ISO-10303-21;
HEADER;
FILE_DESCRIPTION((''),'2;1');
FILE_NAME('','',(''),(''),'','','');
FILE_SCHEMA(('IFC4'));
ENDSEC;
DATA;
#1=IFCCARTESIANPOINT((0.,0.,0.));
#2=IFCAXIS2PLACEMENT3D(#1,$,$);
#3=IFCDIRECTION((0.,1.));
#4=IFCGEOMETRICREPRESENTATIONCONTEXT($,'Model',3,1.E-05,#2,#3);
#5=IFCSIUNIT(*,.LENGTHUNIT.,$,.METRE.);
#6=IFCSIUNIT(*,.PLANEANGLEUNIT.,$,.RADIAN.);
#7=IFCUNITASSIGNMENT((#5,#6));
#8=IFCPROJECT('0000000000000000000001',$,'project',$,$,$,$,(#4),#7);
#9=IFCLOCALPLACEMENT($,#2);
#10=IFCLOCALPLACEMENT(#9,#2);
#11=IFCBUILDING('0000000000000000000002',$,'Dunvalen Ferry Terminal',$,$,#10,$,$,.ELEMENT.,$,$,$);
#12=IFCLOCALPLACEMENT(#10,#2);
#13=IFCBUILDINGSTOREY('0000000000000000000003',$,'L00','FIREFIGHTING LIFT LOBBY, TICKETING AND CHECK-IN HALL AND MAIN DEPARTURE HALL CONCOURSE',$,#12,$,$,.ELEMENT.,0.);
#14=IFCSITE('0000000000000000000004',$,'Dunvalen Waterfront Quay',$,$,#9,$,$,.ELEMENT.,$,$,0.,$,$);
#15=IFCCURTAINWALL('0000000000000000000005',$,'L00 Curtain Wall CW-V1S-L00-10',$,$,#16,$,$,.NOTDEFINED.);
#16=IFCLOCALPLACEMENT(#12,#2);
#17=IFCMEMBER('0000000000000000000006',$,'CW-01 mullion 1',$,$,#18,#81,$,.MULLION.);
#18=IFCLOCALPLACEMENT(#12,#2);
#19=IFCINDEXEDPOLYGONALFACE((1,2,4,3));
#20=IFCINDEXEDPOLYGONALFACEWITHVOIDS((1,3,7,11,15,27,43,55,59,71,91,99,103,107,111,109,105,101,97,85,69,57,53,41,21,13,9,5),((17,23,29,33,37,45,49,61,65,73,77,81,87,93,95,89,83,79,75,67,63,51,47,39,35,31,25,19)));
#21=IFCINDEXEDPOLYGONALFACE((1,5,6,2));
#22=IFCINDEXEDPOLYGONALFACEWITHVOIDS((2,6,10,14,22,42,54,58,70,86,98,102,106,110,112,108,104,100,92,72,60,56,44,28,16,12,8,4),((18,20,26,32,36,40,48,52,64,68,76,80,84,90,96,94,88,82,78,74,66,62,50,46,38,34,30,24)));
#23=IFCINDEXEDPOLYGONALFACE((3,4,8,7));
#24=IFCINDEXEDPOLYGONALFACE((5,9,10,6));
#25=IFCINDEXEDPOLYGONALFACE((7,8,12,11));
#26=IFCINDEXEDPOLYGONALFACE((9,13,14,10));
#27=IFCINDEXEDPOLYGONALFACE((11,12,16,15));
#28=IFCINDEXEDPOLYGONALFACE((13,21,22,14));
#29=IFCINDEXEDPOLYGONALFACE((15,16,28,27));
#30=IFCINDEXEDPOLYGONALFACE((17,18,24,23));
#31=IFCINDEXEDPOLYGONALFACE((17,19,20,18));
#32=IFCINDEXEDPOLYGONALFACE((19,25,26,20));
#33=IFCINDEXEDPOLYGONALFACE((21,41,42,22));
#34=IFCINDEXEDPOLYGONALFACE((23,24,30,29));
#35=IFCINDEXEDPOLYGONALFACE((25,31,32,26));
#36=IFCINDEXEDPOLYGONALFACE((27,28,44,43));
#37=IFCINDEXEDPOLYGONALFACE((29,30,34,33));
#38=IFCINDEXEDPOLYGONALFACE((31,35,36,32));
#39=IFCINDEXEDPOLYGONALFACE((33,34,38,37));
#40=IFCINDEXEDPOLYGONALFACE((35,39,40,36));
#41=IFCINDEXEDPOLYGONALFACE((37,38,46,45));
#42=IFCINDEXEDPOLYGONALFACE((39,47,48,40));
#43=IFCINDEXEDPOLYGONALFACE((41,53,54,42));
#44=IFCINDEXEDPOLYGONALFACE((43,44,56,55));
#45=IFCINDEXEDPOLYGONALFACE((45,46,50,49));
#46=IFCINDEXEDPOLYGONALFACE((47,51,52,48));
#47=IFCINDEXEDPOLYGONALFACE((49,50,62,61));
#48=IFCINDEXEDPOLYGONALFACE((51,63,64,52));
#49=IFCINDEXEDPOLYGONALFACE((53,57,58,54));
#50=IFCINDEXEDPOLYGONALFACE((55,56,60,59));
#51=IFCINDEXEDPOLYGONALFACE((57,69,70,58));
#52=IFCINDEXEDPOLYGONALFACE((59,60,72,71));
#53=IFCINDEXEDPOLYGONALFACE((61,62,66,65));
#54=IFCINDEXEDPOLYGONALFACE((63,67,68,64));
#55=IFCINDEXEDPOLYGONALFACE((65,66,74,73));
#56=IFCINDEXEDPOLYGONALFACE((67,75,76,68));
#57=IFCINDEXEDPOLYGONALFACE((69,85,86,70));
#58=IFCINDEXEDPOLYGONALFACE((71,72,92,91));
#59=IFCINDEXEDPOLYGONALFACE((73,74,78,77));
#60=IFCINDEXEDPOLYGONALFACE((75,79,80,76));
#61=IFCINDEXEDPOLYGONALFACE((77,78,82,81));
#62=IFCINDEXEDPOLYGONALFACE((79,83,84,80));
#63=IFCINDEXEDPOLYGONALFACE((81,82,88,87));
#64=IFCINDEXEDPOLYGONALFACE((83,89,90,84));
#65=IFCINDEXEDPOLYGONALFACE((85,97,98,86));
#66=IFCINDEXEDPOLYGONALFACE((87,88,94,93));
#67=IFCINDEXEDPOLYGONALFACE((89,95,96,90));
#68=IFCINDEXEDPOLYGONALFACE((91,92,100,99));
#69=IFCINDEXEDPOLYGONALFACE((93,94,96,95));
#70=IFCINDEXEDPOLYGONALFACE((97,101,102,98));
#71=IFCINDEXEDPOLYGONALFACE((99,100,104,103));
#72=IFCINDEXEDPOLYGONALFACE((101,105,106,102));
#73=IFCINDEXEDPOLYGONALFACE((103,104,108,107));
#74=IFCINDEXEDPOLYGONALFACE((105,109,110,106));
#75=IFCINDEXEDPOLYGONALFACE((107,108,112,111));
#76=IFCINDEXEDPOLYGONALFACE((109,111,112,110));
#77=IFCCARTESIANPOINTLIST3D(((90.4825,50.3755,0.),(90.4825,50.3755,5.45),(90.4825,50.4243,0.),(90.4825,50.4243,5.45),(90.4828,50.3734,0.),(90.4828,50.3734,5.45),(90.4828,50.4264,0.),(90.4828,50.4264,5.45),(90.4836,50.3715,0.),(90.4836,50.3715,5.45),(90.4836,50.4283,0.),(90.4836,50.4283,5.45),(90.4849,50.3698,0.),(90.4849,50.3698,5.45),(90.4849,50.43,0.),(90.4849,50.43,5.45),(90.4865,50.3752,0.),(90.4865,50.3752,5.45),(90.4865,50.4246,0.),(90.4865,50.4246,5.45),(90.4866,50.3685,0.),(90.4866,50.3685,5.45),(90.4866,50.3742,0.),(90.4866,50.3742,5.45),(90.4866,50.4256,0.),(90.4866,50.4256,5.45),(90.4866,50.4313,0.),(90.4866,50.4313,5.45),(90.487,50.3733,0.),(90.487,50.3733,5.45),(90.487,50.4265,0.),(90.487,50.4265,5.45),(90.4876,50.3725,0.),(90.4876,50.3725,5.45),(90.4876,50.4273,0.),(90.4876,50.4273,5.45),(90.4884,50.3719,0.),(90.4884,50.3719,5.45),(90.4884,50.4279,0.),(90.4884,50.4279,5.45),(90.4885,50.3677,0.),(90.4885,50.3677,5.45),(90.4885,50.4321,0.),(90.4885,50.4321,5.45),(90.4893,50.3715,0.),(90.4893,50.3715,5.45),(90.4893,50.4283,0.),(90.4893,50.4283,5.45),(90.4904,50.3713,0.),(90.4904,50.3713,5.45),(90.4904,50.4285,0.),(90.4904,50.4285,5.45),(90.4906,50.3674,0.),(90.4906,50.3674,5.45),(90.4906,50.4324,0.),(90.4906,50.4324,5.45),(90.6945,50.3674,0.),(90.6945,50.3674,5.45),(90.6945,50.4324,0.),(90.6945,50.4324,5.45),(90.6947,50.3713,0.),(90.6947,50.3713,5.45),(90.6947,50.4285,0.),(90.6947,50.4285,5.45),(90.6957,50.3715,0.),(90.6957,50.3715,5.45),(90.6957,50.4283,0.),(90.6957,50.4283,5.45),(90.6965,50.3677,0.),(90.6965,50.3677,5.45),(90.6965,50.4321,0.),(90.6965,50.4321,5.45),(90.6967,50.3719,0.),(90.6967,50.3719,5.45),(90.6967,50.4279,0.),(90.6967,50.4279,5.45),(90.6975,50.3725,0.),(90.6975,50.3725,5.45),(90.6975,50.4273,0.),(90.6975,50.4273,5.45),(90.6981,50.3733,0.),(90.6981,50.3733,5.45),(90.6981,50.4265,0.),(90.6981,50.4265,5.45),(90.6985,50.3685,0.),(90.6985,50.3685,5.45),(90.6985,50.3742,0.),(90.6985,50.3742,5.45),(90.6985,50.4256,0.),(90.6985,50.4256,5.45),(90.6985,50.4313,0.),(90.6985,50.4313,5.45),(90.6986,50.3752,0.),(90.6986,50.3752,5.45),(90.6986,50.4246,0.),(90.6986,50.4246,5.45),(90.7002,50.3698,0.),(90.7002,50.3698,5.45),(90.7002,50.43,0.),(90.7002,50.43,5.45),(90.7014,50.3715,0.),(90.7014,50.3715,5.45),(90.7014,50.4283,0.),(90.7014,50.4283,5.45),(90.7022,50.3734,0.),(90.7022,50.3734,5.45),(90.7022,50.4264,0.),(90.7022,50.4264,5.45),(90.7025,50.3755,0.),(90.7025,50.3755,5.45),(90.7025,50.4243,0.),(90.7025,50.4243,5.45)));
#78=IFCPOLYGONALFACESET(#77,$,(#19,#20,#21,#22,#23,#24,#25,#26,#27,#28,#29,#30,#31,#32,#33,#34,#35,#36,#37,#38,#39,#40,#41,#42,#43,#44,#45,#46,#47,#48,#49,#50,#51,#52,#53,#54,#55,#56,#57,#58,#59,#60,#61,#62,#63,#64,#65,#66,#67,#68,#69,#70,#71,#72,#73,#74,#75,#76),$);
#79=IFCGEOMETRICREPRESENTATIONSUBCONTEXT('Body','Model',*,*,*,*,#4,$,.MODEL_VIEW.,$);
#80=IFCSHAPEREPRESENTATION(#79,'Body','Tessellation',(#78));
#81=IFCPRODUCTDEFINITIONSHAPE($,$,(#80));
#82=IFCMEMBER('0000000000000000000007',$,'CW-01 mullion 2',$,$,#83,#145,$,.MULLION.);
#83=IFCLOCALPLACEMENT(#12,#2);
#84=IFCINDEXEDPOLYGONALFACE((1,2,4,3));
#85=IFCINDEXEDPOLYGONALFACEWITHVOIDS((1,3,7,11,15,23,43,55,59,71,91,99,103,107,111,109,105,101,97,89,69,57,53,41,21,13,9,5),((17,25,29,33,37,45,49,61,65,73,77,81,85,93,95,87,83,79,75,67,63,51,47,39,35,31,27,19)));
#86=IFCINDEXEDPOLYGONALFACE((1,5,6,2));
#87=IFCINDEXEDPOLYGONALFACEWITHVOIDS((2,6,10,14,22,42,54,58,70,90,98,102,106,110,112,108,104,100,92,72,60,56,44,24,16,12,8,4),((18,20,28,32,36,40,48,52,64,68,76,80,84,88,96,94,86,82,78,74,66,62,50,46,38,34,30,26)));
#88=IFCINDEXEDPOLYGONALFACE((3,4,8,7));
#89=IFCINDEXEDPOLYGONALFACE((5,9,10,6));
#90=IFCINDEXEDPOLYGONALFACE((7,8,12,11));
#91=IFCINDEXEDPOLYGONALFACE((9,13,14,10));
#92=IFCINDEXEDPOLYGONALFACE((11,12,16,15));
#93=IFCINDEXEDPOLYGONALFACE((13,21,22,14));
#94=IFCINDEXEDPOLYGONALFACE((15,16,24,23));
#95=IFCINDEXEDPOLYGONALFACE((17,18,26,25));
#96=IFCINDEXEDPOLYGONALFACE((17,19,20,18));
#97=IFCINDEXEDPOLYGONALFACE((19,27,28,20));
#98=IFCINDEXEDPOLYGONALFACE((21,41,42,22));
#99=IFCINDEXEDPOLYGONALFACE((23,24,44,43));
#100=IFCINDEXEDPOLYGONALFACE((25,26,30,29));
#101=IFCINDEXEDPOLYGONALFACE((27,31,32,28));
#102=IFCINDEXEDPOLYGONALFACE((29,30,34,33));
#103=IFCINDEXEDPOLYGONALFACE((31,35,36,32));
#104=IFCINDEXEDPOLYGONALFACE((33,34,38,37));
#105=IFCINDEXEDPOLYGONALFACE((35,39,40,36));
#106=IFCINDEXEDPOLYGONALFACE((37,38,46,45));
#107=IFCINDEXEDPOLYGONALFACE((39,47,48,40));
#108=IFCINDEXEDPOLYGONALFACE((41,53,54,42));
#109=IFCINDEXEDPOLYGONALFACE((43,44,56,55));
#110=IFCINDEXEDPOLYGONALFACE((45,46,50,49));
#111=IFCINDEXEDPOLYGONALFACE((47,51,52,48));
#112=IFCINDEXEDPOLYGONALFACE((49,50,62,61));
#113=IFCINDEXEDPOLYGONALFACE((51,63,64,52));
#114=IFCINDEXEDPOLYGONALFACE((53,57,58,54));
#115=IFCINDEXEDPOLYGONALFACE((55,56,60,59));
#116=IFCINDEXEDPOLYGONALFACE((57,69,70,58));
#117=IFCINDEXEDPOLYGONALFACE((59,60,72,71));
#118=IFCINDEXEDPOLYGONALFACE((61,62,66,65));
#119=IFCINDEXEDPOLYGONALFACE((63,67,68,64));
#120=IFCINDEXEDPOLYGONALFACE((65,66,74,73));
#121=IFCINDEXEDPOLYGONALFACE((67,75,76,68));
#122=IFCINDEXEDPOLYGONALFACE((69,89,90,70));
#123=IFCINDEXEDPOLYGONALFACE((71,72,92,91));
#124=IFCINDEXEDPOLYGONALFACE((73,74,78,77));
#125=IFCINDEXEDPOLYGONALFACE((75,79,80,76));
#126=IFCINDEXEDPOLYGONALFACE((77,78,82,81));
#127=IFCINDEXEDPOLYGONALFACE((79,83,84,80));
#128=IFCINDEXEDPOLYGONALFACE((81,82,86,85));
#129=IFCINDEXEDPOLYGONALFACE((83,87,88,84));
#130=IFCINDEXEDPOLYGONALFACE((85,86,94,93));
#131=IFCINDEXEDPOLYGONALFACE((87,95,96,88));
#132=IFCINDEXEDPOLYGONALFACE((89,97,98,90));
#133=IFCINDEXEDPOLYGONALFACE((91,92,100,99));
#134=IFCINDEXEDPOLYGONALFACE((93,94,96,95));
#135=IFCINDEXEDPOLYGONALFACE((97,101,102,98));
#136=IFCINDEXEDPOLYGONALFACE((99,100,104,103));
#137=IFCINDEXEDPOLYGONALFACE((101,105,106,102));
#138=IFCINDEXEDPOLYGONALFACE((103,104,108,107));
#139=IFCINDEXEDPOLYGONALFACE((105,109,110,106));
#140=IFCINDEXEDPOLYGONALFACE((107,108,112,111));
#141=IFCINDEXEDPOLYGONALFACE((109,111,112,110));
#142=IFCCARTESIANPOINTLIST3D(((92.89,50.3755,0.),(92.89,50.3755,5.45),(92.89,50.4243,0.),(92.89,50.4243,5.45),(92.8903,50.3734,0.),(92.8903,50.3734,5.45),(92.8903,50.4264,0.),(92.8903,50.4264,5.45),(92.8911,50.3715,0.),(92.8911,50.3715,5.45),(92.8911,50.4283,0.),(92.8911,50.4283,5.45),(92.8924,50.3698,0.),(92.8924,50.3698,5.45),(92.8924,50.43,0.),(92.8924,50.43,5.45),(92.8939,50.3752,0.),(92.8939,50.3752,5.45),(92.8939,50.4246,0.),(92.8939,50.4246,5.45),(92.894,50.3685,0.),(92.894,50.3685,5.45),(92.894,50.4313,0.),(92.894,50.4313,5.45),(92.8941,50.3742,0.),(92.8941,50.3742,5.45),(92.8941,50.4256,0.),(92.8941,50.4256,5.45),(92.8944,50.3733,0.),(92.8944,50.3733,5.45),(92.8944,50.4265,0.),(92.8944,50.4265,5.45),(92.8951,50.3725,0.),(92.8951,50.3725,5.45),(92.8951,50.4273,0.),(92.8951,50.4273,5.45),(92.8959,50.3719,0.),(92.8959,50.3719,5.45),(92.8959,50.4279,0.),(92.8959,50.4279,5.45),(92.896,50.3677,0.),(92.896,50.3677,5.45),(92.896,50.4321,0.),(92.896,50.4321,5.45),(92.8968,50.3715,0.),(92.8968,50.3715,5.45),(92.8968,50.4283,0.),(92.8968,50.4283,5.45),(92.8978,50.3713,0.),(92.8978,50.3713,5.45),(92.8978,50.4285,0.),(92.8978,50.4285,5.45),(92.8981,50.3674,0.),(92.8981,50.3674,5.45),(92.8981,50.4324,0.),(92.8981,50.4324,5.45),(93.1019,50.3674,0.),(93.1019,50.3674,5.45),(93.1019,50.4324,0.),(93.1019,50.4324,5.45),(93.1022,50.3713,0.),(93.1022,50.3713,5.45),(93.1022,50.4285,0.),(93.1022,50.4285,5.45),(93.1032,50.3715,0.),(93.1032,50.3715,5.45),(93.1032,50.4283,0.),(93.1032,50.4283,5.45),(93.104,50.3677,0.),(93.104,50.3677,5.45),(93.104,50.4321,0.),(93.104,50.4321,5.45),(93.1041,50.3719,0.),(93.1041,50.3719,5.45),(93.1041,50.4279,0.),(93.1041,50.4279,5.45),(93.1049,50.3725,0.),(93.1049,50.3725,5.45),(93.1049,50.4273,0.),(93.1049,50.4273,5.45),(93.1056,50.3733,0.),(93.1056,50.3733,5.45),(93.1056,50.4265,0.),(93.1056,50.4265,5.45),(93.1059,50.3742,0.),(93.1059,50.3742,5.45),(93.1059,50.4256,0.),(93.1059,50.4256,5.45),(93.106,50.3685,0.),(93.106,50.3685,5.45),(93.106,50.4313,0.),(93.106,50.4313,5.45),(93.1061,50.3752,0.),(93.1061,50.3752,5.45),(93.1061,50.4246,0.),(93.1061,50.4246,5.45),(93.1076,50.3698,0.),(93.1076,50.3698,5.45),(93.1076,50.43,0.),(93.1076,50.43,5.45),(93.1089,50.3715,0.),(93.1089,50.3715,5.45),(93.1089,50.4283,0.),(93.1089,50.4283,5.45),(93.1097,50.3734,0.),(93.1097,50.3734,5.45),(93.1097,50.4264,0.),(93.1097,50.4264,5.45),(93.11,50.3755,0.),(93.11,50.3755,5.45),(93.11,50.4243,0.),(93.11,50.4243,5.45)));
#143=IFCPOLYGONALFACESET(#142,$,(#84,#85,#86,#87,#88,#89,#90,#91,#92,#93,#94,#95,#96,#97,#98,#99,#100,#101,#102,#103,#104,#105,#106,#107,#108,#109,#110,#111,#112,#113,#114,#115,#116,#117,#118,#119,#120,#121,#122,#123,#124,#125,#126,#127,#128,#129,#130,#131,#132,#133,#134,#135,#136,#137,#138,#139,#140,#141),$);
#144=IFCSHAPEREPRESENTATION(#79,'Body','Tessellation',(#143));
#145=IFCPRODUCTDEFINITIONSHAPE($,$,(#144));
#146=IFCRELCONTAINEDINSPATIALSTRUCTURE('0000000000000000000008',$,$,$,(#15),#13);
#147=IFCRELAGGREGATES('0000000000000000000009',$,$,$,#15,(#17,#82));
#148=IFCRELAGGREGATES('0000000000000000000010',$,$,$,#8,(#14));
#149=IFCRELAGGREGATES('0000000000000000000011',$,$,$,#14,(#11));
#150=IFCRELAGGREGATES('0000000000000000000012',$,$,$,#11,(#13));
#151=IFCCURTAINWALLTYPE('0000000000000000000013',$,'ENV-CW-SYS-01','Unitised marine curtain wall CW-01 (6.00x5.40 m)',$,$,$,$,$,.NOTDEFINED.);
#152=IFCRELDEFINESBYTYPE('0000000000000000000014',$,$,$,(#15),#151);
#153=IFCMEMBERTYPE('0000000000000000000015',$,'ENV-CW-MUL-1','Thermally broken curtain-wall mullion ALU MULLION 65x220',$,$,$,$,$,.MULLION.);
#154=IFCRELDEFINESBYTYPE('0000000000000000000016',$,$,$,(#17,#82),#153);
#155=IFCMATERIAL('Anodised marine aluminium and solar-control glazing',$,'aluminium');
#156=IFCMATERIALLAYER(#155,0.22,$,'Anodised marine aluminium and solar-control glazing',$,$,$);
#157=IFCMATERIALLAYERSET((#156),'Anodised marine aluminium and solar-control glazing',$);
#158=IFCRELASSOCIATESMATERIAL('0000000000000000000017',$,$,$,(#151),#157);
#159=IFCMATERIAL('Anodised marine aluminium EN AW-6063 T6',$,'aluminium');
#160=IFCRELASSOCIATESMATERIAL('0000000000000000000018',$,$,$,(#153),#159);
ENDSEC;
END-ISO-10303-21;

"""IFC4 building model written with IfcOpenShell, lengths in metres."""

from ifc_helpers import new_model, si_unit, direction, frame, origin, origin_2d, place, context, subcontext, project, spatial, hollow_rectangle, extrude, material, layer, layer_set, material_profile, profile_set, type_object, element, aggregate, save


model = new_model("IFC4")

# Units and contexts
model_context = context("Model", 3, precision=1e-05, world=origin(), true_north=direction((0.0, 1.0)))
body_context = subcontext(model_context, "Body", "Model", "MODEL_VIEW")
ifc_project = project(units=[si_unit("LENGTHUNIT", "METRE"), si_unit("PLANEANGLEUNIT", "RADIAN")], contexts=[model_context])

# Site, building, storey
site_placement = place(None, origin())
site = spatial("IfcSite", under=ifc_project, at=site_placement, Name="Dunvalen Waterfront Quay", CompositionType="ELEMENT", RefElevation=0.0)
building_placement = place(site_placement, origin())
building = spatial("IfcBuilding", under=site, at=building_placement, Name="Dunvalen Ferry Terminal", CompositionType="ELEMENT")
storey_placement = place(building_placement, origin())
storey = spatial("IfcBuildingStorey", under=building, at=storey_placement, Name="L00", Description="FIREFIGHTING LIFT LOBBY, TICKETING AND CHECK-IN HALL AND MAIN DEPARTURE HALL CONCOURSE", CompositionType="ELEMENT", Elevation=0.0)

# Curtain wall, members
ifc_material_1 = material(Name="Anodised marine aluminium and solar-control glazing", Category="aluminium")
ifc_layer_1 = layer(ifc_material_1, 0.22, Name="Anodised marine aluminium and solar-control glazing")
ifc_layer_set_1 = layer_set([ifc_layer_1], Name="Anodised marine aluminium and solar-control glazing")
curtain_wall_type = type_object("IfcCurtainWallType", Name="ENV-CW-SYS-01", Description="Unitised marine curtain wall CW-01 (6.00x5.40 m)", PredefinedType="NOTDEFINED", material=ifc_layer_set_1)
curtain_wall_placement = place(storey_placement, origin())
curtain_wall = element("IfcCurtainWall", 1, at=curtain_wall_placement, inside=storey, type_object=curtain_wall_type, Name="L00 Curtain Wall CW-V1S-L00-10", PredefinedType="NOTDEFINED")
ifc_material_2 = material(Name="Anodised marine aluminium EN AW-6063 T6", Category="aluminium")
ifc_material_profile_1 = material_profile(ifc_material_2, hollow_rectangle(XDim=0.0649, YDim=0.22, WallThickness=0.0039, InnerFilletRadius=0.0039, OuterFilletRadius=0.0081, at=origin_2d()), Name="Anodised marine aluminium EN AW-6063 T6")
ifc_profile_set_1 = profile_set([ifc_material_profile_1], Name="Anodised marine aluminium EN AW-6063 T6")
member_type_1 = type_object("IfcMemberType", Name="ENV-CW-MUL-1", Description="Thermally broken curtain-wall mullion ALU MULLION 65x220", PredefinedType="MULLION", material=ifc_profile_set_1)
member_1_placement = place(storey_placement, frame((90.5925, 50.3999, 0.0), z_axis=(0.0, 0.0, 1.0), x_axis=(0.0, 1.0, 0.0)))
member_1 = element("IfcMember", 2, at=member_1_placement, type_object=member_type_1, Name="CW-01 mullion 1", PredefinedType="MULLION", context=body_context, shape_type="SweptSolid", body=[
    extrude(hollow_rectangle(XDim=0.0649, YDim=0.22, WallThickness=0.0039, InnerFilletRadius=0.0039, OuterFilletRadius=0.0081, at=origin_2d()), origin(), (0.0, 0.0, 1.0), 5.45),
])
member_2_placement = place(storey_placement, frame((93.0, 50.3999, 0.0), z_axis=(0.0, 0.0, 1.0), x_axis=(0.0, 1.0, 0.0)))
member_2 = element("IfcMember", 3, at=member_2_placement, type_object=member_type_1, Name="CW-01 mullion 2", PredefinedType="MULLION", context=body_context, shape_type="SweptSolid", body=[
    extrude(hollow_rectangle(XDim=0.0649, YDim=0.22, WallThickness=0.0039, InnerFilletRadius=0.0039, OuterFilletRadius=0.0081, at=origin_2d()), origin(), (0.0, 0.0, 1.0), 5.45),
])
aggregate(curtain_wall, [member_1, member_2])

save(model, "model.ifc")
